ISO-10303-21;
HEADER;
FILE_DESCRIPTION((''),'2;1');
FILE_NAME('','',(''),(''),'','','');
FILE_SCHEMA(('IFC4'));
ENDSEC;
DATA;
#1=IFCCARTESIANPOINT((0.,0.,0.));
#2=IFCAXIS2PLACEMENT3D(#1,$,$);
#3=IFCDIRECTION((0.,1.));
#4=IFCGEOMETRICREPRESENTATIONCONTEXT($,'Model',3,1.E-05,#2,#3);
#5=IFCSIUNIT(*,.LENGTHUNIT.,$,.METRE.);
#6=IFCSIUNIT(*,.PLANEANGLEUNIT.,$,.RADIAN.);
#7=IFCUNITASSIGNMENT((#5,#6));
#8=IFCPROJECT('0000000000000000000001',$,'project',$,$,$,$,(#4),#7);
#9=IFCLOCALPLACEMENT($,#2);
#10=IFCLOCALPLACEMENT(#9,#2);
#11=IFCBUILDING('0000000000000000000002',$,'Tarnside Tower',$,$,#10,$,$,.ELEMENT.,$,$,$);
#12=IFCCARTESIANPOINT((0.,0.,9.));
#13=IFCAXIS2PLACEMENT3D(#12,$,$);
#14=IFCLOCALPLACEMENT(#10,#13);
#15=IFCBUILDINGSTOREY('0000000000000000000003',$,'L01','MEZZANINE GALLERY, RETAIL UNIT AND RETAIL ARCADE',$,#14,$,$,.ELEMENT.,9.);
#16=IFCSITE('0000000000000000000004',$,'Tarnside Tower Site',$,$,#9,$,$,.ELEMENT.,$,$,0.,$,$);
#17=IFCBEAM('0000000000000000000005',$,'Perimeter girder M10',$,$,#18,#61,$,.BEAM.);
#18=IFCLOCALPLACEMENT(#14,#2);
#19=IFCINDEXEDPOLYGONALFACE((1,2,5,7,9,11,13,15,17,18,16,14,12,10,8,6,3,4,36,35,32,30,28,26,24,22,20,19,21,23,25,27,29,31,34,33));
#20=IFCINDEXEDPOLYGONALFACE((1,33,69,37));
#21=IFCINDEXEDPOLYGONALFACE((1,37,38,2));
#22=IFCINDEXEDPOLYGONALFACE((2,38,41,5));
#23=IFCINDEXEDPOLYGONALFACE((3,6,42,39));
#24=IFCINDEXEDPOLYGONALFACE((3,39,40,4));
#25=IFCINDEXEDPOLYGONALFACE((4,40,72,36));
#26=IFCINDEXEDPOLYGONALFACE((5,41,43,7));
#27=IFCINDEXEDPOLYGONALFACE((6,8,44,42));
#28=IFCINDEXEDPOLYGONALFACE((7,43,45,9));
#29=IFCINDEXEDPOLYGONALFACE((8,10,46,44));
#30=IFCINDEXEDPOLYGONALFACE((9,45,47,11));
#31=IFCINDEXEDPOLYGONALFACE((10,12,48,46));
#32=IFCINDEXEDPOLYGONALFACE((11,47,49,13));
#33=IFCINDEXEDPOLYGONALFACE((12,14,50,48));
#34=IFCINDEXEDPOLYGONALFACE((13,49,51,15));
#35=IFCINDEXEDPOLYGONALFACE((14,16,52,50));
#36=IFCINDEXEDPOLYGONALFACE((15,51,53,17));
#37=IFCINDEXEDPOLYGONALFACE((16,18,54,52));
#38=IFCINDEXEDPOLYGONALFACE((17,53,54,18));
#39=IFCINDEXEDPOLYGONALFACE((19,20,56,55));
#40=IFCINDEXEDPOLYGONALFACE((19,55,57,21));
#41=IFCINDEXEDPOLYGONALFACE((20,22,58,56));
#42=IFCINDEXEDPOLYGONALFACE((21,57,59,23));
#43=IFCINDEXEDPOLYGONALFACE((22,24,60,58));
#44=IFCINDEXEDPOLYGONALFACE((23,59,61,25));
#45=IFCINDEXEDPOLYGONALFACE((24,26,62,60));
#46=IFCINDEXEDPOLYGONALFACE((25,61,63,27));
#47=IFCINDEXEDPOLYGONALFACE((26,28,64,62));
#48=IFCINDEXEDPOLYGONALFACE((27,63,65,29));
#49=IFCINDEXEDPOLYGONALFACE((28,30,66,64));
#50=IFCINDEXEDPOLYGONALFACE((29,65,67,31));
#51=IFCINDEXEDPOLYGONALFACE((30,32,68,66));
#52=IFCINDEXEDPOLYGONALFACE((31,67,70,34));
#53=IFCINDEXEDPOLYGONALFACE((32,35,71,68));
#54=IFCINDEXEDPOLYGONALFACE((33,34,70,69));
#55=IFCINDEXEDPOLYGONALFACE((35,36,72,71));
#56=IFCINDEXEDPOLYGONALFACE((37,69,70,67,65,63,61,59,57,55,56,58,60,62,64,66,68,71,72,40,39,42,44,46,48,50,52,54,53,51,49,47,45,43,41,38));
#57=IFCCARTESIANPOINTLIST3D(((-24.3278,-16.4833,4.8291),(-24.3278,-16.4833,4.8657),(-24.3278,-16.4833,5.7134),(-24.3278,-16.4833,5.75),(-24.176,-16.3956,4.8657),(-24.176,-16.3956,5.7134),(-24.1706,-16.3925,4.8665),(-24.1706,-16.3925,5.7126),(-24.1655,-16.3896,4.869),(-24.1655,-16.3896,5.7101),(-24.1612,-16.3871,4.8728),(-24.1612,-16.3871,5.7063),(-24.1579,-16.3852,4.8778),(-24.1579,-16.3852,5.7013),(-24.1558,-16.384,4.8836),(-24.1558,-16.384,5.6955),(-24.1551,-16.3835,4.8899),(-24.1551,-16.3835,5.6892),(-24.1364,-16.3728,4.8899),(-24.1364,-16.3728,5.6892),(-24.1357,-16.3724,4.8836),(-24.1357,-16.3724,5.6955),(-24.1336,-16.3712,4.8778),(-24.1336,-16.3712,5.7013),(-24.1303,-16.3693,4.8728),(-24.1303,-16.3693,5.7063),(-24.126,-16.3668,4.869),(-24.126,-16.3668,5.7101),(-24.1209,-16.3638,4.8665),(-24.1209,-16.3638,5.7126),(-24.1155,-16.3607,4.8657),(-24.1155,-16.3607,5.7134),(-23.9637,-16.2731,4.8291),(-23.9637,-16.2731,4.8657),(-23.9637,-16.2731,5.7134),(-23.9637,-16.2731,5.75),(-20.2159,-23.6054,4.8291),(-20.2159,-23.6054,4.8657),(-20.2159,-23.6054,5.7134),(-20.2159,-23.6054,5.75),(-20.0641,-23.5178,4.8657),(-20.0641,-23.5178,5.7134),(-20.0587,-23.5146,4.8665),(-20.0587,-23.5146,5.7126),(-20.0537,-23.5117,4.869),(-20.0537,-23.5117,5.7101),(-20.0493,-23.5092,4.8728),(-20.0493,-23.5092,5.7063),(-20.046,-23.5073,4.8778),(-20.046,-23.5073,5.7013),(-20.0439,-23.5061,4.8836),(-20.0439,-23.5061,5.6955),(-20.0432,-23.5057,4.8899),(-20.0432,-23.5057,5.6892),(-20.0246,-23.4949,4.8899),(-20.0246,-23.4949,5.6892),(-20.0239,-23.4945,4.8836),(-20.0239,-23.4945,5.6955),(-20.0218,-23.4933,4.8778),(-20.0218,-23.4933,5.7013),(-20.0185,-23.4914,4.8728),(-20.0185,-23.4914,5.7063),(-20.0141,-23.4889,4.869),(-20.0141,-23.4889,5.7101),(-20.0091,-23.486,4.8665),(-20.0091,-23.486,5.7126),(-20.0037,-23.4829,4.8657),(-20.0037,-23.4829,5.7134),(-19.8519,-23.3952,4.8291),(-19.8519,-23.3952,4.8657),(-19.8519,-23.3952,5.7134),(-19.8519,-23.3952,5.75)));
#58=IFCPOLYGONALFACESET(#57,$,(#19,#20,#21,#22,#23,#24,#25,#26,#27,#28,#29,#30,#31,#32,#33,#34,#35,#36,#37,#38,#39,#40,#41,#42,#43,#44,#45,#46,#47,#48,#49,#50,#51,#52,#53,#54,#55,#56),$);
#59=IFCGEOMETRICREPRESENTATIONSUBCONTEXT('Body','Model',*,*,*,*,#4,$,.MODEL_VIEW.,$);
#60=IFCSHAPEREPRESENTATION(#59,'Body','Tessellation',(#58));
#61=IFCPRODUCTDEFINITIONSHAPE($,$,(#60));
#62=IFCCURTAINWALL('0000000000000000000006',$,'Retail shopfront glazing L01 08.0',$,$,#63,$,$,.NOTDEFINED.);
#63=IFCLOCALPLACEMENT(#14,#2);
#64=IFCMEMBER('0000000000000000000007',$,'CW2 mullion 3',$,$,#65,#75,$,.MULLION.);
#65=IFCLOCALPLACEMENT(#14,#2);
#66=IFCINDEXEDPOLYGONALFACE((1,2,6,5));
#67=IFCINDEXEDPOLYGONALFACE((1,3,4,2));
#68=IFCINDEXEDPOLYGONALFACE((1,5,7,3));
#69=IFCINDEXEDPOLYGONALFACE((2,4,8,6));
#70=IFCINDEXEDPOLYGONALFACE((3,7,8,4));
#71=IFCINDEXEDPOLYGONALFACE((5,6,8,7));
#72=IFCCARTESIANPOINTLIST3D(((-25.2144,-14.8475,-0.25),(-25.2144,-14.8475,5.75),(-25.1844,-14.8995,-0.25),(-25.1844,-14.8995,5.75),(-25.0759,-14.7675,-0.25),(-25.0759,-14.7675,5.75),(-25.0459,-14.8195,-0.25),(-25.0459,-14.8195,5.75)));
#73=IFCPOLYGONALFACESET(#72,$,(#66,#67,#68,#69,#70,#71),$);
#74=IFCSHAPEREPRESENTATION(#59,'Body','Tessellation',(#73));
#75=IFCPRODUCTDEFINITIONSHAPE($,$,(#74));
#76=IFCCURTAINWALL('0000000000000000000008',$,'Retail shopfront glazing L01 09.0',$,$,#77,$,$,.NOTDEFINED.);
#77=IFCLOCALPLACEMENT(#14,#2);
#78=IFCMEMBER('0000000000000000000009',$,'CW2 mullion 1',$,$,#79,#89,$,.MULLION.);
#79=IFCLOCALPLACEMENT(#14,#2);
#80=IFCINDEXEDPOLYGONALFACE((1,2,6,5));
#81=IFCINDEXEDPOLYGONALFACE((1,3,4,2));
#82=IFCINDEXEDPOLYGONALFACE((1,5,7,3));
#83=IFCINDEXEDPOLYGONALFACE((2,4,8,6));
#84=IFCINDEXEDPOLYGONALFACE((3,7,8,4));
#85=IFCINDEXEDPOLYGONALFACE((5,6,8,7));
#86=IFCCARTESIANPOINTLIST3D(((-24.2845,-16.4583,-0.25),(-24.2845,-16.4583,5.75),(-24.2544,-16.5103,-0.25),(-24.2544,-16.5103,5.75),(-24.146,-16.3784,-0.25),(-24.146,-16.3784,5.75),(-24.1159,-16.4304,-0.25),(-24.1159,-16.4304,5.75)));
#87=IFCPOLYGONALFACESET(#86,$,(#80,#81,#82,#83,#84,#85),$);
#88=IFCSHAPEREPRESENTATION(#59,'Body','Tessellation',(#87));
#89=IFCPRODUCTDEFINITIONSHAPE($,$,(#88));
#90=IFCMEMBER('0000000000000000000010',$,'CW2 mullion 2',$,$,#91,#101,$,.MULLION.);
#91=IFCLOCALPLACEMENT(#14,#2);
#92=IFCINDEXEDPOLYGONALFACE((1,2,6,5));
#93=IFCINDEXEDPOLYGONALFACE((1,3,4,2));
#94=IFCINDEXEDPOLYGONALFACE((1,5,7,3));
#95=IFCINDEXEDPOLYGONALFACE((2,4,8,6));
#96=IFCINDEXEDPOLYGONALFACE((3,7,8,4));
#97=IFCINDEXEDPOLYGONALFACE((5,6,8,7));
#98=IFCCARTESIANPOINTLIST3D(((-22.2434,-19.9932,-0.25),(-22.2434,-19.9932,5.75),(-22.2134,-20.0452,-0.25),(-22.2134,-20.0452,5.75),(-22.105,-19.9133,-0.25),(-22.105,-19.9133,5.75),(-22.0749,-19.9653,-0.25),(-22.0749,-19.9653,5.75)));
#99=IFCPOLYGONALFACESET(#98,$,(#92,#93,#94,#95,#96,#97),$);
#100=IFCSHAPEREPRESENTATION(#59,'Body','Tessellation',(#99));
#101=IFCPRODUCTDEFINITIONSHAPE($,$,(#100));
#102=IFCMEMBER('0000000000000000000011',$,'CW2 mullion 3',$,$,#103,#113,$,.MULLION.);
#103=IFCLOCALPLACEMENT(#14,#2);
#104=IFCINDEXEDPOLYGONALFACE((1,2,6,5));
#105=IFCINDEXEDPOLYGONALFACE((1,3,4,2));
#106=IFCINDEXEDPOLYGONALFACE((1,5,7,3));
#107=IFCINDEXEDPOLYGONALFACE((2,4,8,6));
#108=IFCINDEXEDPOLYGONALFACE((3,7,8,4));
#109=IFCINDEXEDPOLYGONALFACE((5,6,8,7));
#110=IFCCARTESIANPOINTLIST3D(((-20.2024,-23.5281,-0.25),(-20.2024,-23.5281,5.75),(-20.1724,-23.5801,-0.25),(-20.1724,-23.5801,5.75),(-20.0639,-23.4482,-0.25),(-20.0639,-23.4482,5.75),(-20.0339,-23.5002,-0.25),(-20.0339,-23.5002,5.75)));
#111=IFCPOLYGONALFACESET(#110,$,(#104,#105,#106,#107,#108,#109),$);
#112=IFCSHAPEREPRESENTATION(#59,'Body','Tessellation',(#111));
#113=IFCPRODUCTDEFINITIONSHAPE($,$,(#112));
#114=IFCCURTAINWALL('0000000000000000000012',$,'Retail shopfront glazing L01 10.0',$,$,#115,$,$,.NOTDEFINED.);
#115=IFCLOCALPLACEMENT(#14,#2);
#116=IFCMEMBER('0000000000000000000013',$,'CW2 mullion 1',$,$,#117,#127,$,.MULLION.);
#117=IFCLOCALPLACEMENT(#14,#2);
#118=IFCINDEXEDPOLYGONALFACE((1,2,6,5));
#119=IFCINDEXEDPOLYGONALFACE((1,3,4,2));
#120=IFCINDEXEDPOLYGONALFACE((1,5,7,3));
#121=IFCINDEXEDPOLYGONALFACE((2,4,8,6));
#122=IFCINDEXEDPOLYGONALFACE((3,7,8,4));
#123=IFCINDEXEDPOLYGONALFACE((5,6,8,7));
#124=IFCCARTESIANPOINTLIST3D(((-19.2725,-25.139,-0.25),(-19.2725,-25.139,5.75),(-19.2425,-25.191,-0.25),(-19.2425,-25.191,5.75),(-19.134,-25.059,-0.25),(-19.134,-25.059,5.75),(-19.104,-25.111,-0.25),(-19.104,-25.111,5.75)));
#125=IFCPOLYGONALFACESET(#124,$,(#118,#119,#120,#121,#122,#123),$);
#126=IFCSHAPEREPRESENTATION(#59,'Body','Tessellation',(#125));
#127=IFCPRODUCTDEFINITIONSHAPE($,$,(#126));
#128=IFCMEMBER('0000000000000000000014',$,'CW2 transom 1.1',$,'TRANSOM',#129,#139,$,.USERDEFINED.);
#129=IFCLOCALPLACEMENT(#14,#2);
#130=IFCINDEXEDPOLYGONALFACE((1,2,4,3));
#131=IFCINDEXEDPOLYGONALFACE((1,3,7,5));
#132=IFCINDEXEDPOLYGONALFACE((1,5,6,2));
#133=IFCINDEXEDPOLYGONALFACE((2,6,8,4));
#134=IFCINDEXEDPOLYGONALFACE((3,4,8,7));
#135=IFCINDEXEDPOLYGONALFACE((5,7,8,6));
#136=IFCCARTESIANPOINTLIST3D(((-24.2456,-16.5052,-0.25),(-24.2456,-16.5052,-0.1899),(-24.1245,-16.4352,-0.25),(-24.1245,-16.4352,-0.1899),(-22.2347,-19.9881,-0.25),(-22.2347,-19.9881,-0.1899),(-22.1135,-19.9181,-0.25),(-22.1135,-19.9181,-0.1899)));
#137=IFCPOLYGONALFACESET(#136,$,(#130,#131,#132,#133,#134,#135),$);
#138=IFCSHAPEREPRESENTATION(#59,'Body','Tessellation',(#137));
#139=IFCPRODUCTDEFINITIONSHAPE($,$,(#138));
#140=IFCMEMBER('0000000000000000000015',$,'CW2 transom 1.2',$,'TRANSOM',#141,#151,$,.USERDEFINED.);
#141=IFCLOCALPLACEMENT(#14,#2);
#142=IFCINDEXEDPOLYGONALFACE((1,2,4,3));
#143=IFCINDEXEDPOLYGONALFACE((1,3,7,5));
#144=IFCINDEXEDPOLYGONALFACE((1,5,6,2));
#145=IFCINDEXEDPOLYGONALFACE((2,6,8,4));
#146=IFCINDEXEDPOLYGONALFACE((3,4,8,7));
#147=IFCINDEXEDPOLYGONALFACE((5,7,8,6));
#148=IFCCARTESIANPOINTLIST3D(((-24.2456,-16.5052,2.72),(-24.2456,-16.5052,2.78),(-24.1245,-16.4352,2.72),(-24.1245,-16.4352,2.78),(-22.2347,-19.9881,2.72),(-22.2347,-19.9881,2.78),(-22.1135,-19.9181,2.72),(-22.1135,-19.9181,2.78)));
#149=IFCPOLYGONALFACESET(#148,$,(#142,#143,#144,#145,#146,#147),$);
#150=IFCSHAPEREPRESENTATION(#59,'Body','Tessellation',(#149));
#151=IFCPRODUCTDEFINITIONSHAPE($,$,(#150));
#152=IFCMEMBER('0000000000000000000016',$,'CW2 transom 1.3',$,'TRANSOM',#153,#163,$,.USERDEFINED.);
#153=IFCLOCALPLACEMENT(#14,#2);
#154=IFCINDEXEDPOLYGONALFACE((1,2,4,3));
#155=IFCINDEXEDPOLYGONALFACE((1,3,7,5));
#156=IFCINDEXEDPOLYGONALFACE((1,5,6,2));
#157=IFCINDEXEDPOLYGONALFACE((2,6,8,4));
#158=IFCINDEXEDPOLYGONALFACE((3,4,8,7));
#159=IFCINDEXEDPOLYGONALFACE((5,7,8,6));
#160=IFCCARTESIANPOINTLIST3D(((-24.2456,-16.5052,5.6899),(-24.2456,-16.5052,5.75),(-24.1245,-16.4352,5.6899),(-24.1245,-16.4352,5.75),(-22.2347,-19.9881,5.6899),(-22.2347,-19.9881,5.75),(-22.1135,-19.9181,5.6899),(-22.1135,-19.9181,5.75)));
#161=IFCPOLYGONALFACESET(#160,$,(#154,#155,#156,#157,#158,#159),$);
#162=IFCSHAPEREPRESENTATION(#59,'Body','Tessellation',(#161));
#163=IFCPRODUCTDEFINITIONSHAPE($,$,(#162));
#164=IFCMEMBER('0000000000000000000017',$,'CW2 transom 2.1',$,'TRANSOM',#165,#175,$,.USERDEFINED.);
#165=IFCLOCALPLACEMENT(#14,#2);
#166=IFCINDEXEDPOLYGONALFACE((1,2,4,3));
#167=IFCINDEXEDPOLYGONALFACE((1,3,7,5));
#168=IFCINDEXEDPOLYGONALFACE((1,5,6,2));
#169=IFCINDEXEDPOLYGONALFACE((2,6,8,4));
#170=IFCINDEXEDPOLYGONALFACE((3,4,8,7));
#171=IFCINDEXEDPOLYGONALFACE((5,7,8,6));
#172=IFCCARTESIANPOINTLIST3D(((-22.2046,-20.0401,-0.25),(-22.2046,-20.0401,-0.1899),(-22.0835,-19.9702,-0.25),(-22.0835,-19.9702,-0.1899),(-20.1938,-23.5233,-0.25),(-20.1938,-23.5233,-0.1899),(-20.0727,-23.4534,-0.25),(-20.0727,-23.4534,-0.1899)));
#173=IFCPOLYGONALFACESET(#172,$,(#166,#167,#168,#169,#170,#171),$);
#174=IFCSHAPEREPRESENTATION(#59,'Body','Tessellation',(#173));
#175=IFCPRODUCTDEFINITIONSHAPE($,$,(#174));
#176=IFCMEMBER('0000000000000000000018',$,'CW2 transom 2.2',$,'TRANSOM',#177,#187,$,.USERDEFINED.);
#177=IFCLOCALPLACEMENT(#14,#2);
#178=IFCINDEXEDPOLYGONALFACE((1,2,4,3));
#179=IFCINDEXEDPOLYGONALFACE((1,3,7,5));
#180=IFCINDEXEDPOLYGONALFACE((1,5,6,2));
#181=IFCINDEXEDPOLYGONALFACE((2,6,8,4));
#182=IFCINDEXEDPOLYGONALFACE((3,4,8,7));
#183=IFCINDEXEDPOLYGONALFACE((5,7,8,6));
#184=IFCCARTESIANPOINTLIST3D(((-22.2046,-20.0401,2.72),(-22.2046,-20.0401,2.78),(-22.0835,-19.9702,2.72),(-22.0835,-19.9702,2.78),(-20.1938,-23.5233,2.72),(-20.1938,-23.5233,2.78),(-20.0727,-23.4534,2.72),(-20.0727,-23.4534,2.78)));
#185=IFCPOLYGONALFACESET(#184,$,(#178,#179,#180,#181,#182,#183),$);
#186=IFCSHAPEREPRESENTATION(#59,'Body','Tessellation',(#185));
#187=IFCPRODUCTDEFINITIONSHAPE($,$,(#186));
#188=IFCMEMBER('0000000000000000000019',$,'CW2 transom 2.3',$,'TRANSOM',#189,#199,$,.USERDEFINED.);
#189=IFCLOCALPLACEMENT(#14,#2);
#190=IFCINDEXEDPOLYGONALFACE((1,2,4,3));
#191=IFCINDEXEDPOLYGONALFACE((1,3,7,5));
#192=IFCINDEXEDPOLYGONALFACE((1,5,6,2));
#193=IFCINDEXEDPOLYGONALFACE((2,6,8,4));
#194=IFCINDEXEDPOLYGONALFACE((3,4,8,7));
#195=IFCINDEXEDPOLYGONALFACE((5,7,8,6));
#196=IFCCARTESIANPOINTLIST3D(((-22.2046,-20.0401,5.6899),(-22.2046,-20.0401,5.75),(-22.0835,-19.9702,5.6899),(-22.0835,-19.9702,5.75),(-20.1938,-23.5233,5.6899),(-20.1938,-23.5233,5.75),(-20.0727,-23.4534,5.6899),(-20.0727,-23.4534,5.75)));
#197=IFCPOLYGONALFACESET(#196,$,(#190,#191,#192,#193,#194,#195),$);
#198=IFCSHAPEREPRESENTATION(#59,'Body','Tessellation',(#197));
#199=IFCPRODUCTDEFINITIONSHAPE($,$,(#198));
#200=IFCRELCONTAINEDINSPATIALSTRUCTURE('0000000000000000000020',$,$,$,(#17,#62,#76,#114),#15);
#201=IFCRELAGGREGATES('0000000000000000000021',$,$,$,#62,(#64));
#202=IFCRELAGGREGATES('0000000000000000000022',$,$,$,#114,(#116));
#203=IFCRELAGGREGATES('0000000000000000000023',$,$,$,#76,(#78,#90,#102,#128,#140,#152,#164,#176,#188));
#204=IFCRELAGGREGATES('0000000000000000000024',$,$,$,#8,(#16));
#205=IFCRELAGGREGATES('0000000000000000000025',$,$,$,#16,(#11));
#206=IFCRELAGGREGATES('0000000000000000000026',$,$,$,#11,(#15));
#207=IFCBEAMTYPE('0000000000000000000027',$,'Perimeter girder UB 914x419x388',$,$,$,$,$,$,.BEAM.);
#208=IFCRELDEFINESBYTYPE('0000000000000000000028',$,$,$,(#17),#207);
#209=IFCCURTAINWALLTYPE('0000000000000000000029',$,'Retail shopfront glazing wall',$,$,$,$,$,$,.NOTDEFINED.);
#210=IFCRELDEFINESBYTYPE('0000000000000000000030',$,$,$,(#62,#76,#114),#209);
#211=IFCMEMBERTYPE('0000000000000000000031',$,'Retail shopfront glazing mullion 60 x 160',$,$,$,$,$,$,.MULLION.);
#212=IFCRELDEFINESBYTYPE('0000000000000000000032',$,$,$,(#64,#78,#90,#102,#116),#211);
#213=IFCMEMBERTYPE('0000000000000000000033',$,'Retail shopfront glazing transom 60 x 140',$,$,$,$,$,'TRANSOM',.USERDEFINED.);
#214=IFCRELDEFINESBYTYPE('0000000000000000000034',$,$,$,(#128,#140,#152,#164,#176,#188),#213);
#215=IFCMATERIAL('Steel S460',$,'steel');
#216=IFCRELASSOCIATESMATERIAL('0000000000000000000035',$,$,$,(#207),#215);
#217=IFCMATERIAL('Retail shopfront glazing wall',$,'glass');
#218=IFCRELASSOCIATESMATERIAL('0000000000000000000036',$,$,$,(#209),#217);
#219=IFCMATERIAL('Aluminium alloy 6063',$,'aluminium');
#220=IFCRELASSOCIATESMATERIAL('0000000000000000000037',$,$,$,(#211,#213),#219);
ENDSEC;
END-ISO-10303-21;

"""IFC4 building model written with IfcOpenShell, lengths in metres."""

from ifc_helpers import new_model, si_unit, direction, frame, origin, origin_2d, place, context, subcontext, project, spatial, rectangle, i_section, extrude, material, material_profile, profile_set, type_object, element, aggregate, save


model = new_model("IFC4")

# Units and contexts
model_context = context("Model", 3, precision=1e-05, world=origin(), true_north=direction((0.0, 1.0)))
body_context = subcontext(model_context, "Body", "Model", "MODEL_VIEW")
ifc_project = project(units=[si_unit("LENGTHUNIT", "METRE"), si_unit("PLANEANGLEUNIT", "RADIAN")], contexts=[model_context])

# Site, building, storey
site_placement = place(None, origin())
site = spatial("IfcSite", under=ifc_project, at=site_placement, Name="Tarnside Tower Site", CompositionType="ELEMENT", RefElevation=0.0)
building_placement = place(site_placement, origin())
building = spatial("IfcBuilding", under=site, at=building_placement, Name="Tarnside Tower", CompositionType="ELEMENT")
storey_placement = place(building_placement, frame((0.0, 0.0, 9.0)))
storey = spatial("IfcBuildingStorey", under=building, at=storey_placement, Name="L01", Description="MEZZANINE GALLERY, RETAIL UNIT AND RETAIL ARCADE", CompositionType="ELEMENT", Elevation=9.0)

# Beam
ifc_material_1 = material(Name="Steel S460", Category="steel")
ifc_material_profile_1 = material_profile(ifc_material_1, i_section(OverallWidth=0.4204, OverallDepth=0.9209, WebThickness=0.0215, FlangeThickness=0.0366, FilletRadius=0.0242, at=origin_2d()), Name="UB 914x419x388")
ifc_profile_set_1 = profile_set([ifc_material_profile_1], Name="Steel S460")
beam_type_1 = type_object("IfcBeamType", Name="Perimeter girder UB 914x419x388", PredefinedType="BEAM", material=ifc_profile_set_1)
beam_1_placement = place(storey_placement, frame((-24.1458, -16.3782, 5.2896), z_axis=(0.49999, -0.866031, 0.0), x_axis=(0.866031, 0.49999, 0.0)))
element("IfcBeam", 1, at=beam_1_placement, inside=storey, type_object=beam_type_1, Name="Perimeter girder M10", PredefinedType="BEAM", context=body_context, shape_type="SweptSolid", body=[
    extrude(i_section(OverallWidth=0.4204, OverallDepth=0.9209, WebThickness=0.0215, FlangeThickness=0.0366, FilletRadius=0.0242, at=origin_2d()), origin(), (0.0, 0.0, 1.0), 8.2239),
])

# Curtain wall, member
ifc_material_2 = material(Name="Retail shopfront glazing wall", Category="glass")
curtain_wall_type = type_object("IfcCurtainWallType", Name="Retail shopfront glazing wall", PredefinedType="NOTDEFINED", material=ifc_material_2)
curtain_wall_1_placement = place(storey_placement, origin())
curtain_wall_1 = element("IfcCurtainWall", 2, at=curtain_wall_1_placement, inside=storey, type_object=curtain_wall_type, Name="Retail shopfront glazing L01 08.0", PredefinedType="NOTDEFINED")
ifc_material_3 = material(Name="Aluminium alloy 6063", Category="aluminium")
ifc_material_profile_2 = material_profile(ifc_material_3, rectangle(XDim=0.1599, YDim=0.0601, at=origin_2d()), Name="Retail shopfront glazing mullion 60 x 160")
ifc_profile_set_2 = profile_set([ifc_material_profile_2], Name="Aluminium alloy 6063")
member_type_1 = type_object("IfcMemberType", Name="Retail shopfront glazing mullion 60 x 160", PredefinedType="MULLION", material=ifc_profile_set_2)
member_1_placement = place(storey_placement, frame((-25.1301, -14.8335, -0.25), z_axis=(0.0, 0.0, 1.0), x_axis=(0.866025, 0.5, 0.0)))
member_1 = element("IfcMember", 3, at=member_1_placement, type_object=member_type_1, Name="CW2 mullion 3", PredefinedType="MULLION", context=body_context, shape_type="SweptSolid", body=[
    extrude(rectangle(XDim=0.1599, YDim=0.0601, at=origin_2d()), origin(), (0.0, 0.0, 1.0), 6.0),
])
aggregate(curtain_wall_1, [member_1])

# Curtain wall, members
curtain_wall_2_placement = place(storey_placement, origin())
curtain_wall_2 = element("IfcCurtainWall", 4, at=curtain_wall_2_placement, inside=storey, type_object=curtain_wall_type, Name="Retail shopfront glazing L01 09.0", PredefinedType="NOTDEFINED")
member_2_placement = place(storey_placement, frame((-24.2002, -16.4443, -0.25), z_axis=(0.0, 0.0, 1.0), x_axis=(0.866025, 0.5, 0.0)))
member_2 = element("IfcMember", 5, at=member_2_placement, type_object=member_type_1, Name="CW2 mullion 1", PredefinedType="MULLION", context=body_context, shape_type="SweptSolid", body=[
    extrude(rectangle(XDim=0.1599, YDim=0.0601, at=origin_2d()), origin(), (0.0, 0.0, 1.0), 6.0),
])
member_3_placement = place(storey_placement, frame((-22.1592, -19.9792, -0.25), z_axis=(0.0, 0.0, 1.0), x_axis=(0.866025, 0.5, 0.0)))
member_3 = element("IfcMember", 6, at=member_3_placement, type_object=member_type_1, Name="CW2 mullion 2", PredefinedType="MULLION", context=body_context, shape_type="SweptSolid", body=[
    extrude(rectangle(XDim=0.1599, YDim=0.0601, at=origin_2d()), origin(), (0.0, 0.0, 1.0), 6.0),
])
member_4_placement = place(storey_placement, frame((-20.1182, -23.5142, -0.25), z_axis=(0.0, 0.0, 1.0), x_axis=(0.866025, 0.5, 0.0)))
member_4 = element("IfcMember", 7, at=member_4_placement, type_object=member_type_1, Name="CW2 mullion 3", PredefinedType="MULLION", context=body_context, shape_type="SweptSolid", body=[
    extrude(rectangle(XDim=0.1599, YDim=0.0601, at=origin_2d()), origin(), (0.0, 0.0, 1.0), 6.0),
])

# Curtain wall, member
curtain_wall_3_placement = place(storey_placement, origin())
curtain_wall_3 = element("IfcCurtainWall", 8, at=curtain_wall_3_placement, inside=storey, type_object=curtain_wall_type, Name="Retail shopfront glazing L01 10.0", PredefinedType="NOTDEFINED")
member_5_placement = place(storey_placement, frame((-19.1882, -25.125, -0.25), z_axis=(0.0, 0.0, 1.0), x_axis=(0.866025, 0.5, 0.0)))
member_5 = element("IfcMember", 9, at=member_5_placement, type_object=member_type_1, Name="CW2 mullion 1", PredefinedType="MULLION", context=body_context, shape_type="SweptSolid", body=[
    extrude(rectangle(XDim=0.1599, YDim=0.0601, at=origin_2d()), origin(), (0.0, 0.0, 1.0), 6.0),
])
aggregate(curtain_wall_3, [member_5])

# Members
ifc_material_profile_3 = material_profile(ifc_material_3, rectangle(XDim=0.1399, YDim=0.0601, at=origin_2d()), Name="Retail shopfront glazing transom 60 x 140")
ifc_profile_set_3 = profile_set([ifc_material_profile_3], Name="Aluminium alloy 6063")
member_type_2 = type_object("IfcMemberType", Name="Retail shopfront glazing transom 60 x 140", ElementType="TRANSOM", PredefinedType="USERDEFINED", material=ifc_profile_set_3)
member_6_placement = place(storey_placement, frame((-24.1851, -16.4702, -0.22), z_axis=(0.500024, -0.866012, 0.0), x_axis=(0.866012, 0.500024, 0.0)))
member_6 = element("IfcMember", 10, at=member_6_placement, type_object=member_type_2, Name="CW2 transom 1.1", ObjectType="TRANSOM", PredefinedType="USERDEFINED", context=body_context, shape_type="SweptSolid", body=[
    extrude(rectangle(XDim=0.1399, YDim=0.0601, at=origin_2d()), origin(), (0.0, 0.0, 1.0), 4.0217),
])
member_7_placement = place(storey_placement, frame((-24.1851, -16.4702, 2.75), z_axis=(0.500024, -0.866012, 0.0), x_axis=(0.866012, 0.500024, 0.0)))
member_7 = element("IfcMember", 11, at=member_7_placement, type_object=member_type_2, Name="CW2 transom 1.2", ObjectType="TRANSOM", PredefinedType="USERDEFINED", context=body_context, shape_type="SweptSolid", body=[
    extrude(rectangle(XDim=0.1399, YDim=0.0601, at=origin_2d()), origin(), (0.0, 0.0, 1.0), 4.0217),
])
member_8_placement = place(storey_placement, frame((-24.1851, -16.4702, 5.72), z_axis=(0.500024, -0.866012, 0.0), x_axis=(0.866012, 0.500024, 0.0)))
member_8 = element("IfcMember", 12, at=member_8_placement, type_object=member_type_2, Name="CW2 transom 1.3", ObjectType="TRANSOM", PredefinedType="USERDEFINED", context=body_context, shape_type="SweptSolid", body=[
    extrude(rectangle(XDim=0.1399, YDim=0.0601, at=origin_2d()), origin(), (0.0, 0.0, 1.0), 4.0217),
])
member_9_placement = place(storey_placement, frame((-22.144, -20.0051, -0.22), z_axis=(0.499952, -0.866053, 0.0), x_axis=(0.866053, 0.499952, 0.0)))
member_9 = element("IfcMember", 13, at=member_9_placement, type_object=member_type_2, Name="CW2 transom 2.1", ObjectType="TRANSOM", PredefinedType="USERDEFINED", context=body_context, shape_type="SweptSolid", body=[
    extrude(rectangle(XDim=0.1399, YDim=0.0601, at=origin_2d()), origin(), (0.0, 0.0, 1.0), 4.022),
])
member_10_placement = place(storey_placement, frame((-22.144, -20.0051, 2.75), z_axis=(0.499952, -0.866053, 0.0), x_axis=(0.866053, 0.499952, 0.0)))
member_10 = element("IfcMember", 14, at=member_10_placement, type_object=member_type_2, Name="CW2 transom 2.2", ObjectType="TRANSOM", PredefinedType="USERDEFINED", context=body_context, shape_type="SweptSolid", body=[
    extrude(rectangle(XDim=0.1399, YDim=0.0601, at=origin_2d()), origin(), (0.0, 0.0, 1.0), 4.022),
])
member_11_placement = place(storey_placement, frame((-22.144, -20.0051, 5.72), z_axis=(0.499952, -0.866053, 0.0), x_axis=(0.866053, 0.499952, 0.0)))
member_11 = element("IfcMember", 15, at=member_11_placement, type_object=member_type_2, Name="CW2 transom 2.3", ObjectType="TRANSOM", PredefinedType="USERDEFINED", context=body_context, shape_type="SweptSolid", body=[
    extrude(rectangle(XDim=0.1399, YDim=0.0601, at=origin_2d()), origin(), (0.0, 0.0, 1.0), 4.022),
])

aggregate(curtain_wall_2, [member_2, member_3, member_4, member_6, member_7, member_8, member_9, member_10, member_11])

save(model, "model.ifc")
